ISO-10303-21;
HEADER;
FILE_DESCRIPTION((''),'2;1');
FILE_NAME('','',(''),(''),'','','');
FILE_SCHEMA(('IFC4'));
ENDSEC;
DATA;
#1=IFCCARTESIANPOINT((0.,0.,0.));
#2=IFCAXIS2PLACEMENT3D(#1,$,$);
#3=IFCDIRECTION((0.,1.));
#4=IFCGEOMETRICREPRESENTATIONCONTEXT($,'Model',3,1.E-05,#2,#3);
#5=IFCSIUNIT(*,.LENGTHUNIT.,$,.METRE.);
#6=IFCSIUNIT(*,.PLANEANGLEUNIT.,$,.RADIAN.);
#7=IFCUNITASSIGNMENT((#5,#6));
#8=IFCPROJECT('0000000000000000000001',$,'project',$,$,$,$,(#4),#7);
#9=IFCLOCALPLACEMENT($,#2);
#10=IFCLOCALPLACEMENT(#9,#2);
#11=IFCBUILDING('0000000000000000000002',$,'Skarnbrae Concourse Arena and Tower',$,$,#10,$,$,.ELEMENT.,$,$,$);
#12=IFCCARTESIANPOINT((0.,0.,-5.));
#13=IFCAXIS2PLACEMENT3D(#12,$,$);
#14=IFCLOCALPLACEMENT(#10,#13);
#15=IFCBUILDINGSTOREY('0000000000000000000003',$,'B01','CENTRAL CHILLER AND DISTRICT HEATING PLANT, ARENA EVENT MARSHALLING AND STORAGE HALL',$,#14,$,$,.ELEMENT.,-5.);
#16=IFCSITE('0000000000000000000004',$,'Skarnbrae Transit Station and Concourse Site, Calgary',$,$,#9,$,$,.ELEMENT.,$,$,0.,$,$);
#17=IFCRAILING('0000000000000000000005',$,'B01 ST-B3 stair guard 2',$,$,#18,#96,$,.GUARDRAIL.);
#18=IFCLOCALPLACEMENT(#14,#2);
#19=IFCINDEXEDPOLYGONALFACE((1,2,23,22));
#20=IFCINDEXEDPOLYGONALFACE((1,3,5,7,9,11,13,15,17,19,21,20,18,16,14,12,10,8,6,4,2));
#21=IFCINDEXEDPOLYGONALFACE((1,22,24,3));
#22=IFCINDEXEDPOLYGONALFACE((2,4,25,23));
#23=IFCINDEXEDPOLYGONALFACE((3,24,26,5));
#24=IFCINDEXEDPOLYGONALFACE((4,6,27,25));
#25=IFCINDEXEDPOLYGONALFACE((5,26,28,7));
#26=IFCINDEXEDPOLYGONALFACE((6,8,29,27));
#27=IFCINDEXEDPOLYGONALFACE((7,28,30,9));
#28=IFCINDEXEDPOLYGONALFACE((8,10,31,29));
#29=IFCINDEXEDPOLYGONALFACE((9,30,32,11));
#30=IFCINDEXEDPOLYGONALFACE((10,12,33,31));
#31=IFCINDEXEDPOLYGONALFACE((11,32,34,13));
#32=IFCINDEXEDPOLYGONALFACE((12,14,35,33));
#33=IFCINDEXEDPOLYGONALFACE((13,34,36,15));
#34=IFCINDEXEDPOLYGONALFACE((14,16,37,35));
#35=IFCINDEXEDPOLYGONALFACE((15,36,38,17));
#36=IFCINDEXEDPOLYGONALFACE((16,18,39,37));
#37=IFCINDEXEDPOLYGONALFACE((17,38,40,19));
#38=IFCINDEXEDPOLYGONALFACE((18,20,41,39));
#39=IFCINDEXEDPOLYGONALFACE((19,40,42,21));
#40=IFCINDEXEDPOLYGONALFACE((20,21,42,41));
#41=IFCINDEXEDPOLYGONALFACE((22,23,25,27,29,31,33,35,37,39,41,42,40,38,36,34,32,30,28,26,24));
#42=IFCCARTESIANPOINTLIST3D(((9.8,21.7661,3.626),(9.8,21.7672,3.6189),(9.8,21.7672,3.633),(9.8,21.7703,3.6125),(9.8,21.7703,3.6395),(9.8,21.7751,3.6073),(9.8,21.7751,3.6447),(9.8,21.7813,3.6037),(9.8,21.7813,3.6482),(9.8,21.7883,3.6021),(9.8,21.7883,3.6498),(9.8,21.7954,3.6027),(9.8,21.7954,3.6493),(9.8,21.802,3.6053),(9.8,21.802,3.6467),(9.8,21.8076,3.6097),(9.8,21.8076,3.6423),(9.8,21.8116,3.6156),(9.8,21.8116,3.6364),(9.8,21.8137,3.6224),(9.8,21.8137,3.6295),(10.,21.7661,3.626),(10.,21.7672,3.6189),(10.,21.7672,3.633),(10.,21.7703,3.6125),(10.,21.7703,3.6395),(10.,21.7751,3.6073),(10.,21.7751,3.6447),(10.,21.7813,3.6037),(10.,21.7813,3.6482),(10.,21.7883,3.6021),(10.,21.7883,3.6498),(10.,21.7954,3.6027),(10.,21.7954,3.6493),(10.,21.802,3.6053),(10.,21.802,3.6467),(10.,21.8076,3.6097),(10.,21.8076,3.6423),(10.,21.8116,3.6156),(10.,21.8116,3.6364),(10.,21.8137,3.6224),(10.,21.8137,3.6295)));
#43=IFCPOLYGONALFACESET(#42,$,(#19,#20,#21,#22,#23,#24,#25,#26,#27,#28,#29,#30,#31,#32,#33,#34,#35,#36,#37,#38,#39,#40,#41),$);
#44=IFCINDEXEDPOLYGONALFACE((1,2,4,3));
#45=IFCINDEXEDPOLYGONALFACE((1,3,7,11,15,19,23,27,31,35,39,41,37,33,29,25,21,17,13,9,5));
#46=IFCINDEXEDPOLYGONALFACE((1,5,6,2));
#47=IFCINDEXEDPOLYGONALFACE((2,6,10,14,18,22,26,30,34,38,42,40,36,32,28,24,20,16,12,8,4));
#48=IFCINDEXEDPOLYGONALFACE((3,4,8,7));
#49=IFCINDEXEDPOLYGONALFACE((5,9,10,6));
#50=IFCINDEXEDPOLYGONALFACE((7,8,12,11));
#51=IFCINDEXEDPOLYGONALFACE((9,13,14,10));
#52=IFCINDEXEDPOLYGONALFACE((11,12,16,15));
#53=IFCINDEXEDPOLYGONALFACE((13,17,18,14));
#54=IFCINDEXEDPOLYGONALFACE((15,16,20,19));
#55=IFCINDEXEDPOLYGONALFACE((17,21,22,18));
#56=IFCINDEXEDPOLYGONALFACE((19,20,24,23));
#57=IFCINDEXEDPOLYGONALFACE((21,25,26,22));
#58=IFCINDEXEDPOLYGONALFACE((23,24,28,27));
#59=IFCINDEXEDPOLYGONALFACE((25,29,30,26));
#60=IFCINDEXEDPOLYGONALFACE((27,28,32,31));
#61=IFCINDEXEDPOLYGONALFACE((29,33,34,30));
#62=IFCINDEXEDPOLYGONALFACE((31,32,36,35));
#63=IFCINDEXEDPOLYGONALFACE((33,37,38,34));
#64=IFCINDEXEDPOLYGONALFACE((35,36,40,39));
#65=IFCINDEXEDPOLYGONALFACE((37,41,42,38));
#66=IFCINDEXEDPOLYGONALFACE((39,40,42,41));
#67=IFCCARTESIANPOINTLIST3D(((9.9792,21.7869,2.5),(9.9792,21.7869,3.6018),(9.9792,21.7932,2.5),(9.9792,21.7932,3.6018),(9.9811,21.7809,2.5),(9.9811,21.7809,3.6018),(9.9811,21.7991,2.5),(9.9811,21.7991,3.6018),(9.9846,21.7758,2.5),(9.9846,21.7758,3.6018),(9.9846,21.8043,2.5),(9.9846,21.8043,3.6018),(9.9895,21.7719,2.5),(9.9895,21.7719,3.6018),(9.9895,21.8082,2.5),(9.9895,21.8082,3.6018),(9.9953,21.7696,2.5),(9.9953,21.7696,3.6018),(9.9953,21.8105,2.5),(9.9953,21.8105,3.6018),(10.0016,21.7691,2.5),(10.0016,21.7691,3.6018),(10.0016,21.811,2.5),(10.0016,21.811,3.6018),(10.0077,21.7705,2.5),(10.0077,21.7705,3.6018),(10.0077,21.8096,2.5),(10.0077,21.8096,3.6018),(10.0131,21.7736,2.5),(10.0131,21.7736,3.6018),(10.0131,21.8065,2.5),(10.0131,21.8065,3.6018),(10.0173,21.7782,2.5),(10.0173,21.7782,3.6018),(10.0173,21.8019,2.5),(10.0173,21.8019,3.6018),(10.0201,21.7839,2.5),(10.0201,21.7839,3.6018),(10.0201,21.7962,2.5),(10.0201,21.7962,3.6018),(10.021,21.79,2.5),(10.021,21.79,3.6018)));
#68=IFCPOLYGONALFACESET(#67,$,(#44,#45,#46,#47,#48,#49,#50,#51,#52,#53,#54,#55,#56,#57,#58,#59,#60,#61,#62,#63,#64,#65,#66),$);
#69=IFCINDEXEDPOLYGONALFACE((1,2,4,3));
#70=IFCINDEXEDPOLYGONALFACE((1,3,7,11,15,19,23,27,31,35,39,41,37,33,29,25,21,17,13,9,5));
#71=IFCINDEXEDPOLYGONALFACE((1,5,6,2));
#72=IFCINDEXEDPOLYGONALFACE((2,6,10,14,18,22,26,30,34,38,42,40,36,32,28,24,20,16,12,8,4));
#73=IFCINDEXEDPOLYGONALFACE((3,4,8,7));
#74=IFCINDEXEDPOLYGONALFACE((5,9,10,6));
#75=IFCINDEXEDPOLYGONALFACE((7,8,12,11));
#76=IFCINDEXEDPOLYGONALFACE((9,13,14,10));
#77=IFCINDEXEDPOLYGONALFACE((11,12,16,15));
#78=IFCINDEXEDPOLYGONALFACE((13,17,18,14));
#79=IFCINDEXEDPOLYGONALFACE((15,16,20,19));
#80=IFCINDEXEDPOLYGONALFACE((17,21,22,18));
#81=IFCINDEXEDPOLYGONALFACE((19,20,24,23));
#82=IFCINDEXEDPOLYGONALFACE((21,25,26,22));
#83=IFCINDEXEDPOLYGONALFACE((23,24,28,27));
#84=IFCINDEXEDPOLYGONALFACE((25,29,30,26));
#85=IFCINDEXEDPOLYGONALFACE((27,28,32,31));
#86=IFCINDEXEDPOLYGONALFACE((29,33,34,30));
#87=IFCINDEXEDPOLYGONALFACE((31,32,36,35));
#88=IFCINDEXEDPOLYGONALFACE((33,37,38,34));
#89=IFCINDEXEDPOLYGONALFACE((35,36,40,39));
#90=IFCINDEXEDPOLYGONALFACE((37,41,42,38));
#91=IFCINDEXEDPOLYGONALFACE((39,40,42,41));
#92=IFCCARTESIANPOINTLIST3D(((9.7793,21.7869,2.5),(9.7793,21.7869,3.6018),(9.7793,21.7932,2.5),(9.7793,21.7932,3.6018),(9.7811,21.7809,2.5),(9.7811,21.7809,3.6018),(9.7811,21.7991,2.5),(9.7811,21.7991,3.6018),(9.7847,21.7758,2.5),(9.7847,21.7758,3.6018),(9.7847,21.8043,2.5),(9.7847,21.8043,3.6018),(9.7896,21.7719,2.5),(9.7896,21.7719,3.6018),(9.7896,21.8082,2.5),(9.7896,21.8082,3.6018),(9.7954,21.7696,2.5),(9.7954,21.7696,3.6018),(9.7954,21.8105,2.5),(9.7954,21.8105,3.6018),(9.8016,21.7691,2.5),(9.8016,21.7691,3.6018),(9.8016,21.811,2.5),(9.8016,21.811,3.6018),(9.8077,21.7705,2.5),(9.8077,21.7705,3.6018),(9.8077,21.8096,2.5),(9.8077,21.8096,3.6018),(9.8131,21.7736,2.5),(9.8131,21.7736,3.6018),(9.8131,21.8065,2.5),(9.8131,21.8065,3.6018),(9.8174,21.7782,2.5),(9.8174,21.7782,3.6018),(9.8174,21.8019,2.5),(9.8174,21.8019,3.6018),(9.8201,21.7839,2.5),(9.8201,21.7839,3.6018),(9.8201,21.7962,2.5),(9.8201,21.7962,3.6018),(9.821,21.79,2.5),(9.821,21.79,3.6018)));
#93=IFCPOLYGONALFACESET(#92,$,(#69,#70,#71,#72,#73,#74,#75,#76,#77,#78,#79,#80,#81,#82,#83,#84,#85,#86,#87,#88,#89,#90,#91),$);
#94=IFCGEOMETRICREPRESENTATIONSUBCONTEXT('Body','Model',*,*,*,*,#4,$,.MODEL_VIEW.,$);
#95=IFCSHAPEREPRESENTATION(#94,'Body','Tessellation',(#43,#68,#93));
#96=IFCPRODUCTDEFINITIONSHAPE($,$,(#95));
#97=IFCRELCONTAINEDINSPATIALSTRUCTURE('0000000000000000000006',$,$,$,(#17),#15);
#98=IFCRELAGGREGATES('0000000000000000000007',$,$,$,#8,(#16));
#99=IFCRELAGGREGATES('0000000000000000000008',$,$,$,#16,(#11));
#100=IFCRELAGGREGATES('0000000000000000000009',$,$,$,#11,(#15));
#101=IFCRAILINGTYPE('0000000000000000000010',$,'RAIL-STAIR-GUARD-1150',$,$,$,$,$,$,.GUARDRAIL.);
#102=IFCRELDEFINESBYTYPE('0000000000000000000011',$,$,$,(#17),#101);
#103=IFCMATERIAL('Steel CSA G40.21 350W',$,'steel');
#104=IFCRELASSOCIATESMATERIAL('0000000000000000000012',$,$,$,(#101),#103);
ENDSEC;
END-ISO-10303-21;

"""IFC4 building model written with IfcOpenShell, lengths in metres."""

from ifc_helpers import new_model, si_unit, direction, frame, origin, origin_2d, place, context, subcontext, project, spatial, circle, extrude, material, type_object, element, save


model = new_model("IFC4")

# Units and contexts
model_context = context("Model", 3, precision=1e-05, world=origin(), true_north=direction((0.0, 1.0)))
body_context = subcontext(model_context, "Body", "Model", "MODEL_VIEW")
ifc_project = project(units=[si_unit("LENGTHUNIT", "METRE"), si_unit("PLANEANGLEUNIT", "RADIAN")], contexts=[model_context])

# Site, building, storey
site_placement = place(None, origin())
site = spatial("IfcSite", under=ifc_project, at=site_placement, Name="Skarnbrae Transit Station and Concourse Site, Calgary", CompositionType="ELEMENT", RefElevation=0.0)
building_placement = place(site_placement, origin())
building = spatial("IfcBuilding", under=site, at=building_placement, Name="Skarnbrae Concourse Arena and Tower", CompositionType="ELEMENT")
storey_placement = place(building_placement, frame((0.0, 0.0, -5.0)))
storey = spatial("IfcBuildingStorey", under=building, at=storey_placement, Name="B01", Description="CENTRAL CHILLER AND DISTRICT HEATING PLANT, ARENA EVENT MARSHALLING AND STORAGE HALL", CompositionType="ELEMENT", Elevation=-5.0)

# Shared definitions
ifc_material_1 = material(Name="Steel CSA G40.21 350W", Category="steel")

# Railing
railing_type_1 = type_object("IfcRailingType", Name="RAIL-STAIR-GUARD-1150", PredefinedType="GUARDRAIL", material=ifc_material_1)
railing_1_placement = place(storey_placement, frame((10.0, 21.79, 2.5)))
element("IfcRailing", 1, at=railing_1_placement, inside=storey, type_object=railing_type_1, Name="B01 ST-B3 stair guard 2", PredefinedType="GUARDRAIL", context=body_context, shape_type="SweptSolid", body=[
    extrude(circle(Radius=0.0239, at=origin_2d()), frame((0.0, 0.0, 1.126), z_axis=(-1.0, 0.0, 0.0), x_axis=(0.0, -1.0, 0.0)), (0.0, 0.0, 1.0), 0.2),
    extrude(circle(Radius=0.021, at=origin_2d()), origin(), (0.0, 0.0, 1.0), 1.1018),
    extrude(circle(Radius=0.021, at=origin_2d()), frame((-0.2, 0.0, 0.0)), (0.0, 0.0, 1.0), 1.1018),
])

save(model, "model.ifc")
